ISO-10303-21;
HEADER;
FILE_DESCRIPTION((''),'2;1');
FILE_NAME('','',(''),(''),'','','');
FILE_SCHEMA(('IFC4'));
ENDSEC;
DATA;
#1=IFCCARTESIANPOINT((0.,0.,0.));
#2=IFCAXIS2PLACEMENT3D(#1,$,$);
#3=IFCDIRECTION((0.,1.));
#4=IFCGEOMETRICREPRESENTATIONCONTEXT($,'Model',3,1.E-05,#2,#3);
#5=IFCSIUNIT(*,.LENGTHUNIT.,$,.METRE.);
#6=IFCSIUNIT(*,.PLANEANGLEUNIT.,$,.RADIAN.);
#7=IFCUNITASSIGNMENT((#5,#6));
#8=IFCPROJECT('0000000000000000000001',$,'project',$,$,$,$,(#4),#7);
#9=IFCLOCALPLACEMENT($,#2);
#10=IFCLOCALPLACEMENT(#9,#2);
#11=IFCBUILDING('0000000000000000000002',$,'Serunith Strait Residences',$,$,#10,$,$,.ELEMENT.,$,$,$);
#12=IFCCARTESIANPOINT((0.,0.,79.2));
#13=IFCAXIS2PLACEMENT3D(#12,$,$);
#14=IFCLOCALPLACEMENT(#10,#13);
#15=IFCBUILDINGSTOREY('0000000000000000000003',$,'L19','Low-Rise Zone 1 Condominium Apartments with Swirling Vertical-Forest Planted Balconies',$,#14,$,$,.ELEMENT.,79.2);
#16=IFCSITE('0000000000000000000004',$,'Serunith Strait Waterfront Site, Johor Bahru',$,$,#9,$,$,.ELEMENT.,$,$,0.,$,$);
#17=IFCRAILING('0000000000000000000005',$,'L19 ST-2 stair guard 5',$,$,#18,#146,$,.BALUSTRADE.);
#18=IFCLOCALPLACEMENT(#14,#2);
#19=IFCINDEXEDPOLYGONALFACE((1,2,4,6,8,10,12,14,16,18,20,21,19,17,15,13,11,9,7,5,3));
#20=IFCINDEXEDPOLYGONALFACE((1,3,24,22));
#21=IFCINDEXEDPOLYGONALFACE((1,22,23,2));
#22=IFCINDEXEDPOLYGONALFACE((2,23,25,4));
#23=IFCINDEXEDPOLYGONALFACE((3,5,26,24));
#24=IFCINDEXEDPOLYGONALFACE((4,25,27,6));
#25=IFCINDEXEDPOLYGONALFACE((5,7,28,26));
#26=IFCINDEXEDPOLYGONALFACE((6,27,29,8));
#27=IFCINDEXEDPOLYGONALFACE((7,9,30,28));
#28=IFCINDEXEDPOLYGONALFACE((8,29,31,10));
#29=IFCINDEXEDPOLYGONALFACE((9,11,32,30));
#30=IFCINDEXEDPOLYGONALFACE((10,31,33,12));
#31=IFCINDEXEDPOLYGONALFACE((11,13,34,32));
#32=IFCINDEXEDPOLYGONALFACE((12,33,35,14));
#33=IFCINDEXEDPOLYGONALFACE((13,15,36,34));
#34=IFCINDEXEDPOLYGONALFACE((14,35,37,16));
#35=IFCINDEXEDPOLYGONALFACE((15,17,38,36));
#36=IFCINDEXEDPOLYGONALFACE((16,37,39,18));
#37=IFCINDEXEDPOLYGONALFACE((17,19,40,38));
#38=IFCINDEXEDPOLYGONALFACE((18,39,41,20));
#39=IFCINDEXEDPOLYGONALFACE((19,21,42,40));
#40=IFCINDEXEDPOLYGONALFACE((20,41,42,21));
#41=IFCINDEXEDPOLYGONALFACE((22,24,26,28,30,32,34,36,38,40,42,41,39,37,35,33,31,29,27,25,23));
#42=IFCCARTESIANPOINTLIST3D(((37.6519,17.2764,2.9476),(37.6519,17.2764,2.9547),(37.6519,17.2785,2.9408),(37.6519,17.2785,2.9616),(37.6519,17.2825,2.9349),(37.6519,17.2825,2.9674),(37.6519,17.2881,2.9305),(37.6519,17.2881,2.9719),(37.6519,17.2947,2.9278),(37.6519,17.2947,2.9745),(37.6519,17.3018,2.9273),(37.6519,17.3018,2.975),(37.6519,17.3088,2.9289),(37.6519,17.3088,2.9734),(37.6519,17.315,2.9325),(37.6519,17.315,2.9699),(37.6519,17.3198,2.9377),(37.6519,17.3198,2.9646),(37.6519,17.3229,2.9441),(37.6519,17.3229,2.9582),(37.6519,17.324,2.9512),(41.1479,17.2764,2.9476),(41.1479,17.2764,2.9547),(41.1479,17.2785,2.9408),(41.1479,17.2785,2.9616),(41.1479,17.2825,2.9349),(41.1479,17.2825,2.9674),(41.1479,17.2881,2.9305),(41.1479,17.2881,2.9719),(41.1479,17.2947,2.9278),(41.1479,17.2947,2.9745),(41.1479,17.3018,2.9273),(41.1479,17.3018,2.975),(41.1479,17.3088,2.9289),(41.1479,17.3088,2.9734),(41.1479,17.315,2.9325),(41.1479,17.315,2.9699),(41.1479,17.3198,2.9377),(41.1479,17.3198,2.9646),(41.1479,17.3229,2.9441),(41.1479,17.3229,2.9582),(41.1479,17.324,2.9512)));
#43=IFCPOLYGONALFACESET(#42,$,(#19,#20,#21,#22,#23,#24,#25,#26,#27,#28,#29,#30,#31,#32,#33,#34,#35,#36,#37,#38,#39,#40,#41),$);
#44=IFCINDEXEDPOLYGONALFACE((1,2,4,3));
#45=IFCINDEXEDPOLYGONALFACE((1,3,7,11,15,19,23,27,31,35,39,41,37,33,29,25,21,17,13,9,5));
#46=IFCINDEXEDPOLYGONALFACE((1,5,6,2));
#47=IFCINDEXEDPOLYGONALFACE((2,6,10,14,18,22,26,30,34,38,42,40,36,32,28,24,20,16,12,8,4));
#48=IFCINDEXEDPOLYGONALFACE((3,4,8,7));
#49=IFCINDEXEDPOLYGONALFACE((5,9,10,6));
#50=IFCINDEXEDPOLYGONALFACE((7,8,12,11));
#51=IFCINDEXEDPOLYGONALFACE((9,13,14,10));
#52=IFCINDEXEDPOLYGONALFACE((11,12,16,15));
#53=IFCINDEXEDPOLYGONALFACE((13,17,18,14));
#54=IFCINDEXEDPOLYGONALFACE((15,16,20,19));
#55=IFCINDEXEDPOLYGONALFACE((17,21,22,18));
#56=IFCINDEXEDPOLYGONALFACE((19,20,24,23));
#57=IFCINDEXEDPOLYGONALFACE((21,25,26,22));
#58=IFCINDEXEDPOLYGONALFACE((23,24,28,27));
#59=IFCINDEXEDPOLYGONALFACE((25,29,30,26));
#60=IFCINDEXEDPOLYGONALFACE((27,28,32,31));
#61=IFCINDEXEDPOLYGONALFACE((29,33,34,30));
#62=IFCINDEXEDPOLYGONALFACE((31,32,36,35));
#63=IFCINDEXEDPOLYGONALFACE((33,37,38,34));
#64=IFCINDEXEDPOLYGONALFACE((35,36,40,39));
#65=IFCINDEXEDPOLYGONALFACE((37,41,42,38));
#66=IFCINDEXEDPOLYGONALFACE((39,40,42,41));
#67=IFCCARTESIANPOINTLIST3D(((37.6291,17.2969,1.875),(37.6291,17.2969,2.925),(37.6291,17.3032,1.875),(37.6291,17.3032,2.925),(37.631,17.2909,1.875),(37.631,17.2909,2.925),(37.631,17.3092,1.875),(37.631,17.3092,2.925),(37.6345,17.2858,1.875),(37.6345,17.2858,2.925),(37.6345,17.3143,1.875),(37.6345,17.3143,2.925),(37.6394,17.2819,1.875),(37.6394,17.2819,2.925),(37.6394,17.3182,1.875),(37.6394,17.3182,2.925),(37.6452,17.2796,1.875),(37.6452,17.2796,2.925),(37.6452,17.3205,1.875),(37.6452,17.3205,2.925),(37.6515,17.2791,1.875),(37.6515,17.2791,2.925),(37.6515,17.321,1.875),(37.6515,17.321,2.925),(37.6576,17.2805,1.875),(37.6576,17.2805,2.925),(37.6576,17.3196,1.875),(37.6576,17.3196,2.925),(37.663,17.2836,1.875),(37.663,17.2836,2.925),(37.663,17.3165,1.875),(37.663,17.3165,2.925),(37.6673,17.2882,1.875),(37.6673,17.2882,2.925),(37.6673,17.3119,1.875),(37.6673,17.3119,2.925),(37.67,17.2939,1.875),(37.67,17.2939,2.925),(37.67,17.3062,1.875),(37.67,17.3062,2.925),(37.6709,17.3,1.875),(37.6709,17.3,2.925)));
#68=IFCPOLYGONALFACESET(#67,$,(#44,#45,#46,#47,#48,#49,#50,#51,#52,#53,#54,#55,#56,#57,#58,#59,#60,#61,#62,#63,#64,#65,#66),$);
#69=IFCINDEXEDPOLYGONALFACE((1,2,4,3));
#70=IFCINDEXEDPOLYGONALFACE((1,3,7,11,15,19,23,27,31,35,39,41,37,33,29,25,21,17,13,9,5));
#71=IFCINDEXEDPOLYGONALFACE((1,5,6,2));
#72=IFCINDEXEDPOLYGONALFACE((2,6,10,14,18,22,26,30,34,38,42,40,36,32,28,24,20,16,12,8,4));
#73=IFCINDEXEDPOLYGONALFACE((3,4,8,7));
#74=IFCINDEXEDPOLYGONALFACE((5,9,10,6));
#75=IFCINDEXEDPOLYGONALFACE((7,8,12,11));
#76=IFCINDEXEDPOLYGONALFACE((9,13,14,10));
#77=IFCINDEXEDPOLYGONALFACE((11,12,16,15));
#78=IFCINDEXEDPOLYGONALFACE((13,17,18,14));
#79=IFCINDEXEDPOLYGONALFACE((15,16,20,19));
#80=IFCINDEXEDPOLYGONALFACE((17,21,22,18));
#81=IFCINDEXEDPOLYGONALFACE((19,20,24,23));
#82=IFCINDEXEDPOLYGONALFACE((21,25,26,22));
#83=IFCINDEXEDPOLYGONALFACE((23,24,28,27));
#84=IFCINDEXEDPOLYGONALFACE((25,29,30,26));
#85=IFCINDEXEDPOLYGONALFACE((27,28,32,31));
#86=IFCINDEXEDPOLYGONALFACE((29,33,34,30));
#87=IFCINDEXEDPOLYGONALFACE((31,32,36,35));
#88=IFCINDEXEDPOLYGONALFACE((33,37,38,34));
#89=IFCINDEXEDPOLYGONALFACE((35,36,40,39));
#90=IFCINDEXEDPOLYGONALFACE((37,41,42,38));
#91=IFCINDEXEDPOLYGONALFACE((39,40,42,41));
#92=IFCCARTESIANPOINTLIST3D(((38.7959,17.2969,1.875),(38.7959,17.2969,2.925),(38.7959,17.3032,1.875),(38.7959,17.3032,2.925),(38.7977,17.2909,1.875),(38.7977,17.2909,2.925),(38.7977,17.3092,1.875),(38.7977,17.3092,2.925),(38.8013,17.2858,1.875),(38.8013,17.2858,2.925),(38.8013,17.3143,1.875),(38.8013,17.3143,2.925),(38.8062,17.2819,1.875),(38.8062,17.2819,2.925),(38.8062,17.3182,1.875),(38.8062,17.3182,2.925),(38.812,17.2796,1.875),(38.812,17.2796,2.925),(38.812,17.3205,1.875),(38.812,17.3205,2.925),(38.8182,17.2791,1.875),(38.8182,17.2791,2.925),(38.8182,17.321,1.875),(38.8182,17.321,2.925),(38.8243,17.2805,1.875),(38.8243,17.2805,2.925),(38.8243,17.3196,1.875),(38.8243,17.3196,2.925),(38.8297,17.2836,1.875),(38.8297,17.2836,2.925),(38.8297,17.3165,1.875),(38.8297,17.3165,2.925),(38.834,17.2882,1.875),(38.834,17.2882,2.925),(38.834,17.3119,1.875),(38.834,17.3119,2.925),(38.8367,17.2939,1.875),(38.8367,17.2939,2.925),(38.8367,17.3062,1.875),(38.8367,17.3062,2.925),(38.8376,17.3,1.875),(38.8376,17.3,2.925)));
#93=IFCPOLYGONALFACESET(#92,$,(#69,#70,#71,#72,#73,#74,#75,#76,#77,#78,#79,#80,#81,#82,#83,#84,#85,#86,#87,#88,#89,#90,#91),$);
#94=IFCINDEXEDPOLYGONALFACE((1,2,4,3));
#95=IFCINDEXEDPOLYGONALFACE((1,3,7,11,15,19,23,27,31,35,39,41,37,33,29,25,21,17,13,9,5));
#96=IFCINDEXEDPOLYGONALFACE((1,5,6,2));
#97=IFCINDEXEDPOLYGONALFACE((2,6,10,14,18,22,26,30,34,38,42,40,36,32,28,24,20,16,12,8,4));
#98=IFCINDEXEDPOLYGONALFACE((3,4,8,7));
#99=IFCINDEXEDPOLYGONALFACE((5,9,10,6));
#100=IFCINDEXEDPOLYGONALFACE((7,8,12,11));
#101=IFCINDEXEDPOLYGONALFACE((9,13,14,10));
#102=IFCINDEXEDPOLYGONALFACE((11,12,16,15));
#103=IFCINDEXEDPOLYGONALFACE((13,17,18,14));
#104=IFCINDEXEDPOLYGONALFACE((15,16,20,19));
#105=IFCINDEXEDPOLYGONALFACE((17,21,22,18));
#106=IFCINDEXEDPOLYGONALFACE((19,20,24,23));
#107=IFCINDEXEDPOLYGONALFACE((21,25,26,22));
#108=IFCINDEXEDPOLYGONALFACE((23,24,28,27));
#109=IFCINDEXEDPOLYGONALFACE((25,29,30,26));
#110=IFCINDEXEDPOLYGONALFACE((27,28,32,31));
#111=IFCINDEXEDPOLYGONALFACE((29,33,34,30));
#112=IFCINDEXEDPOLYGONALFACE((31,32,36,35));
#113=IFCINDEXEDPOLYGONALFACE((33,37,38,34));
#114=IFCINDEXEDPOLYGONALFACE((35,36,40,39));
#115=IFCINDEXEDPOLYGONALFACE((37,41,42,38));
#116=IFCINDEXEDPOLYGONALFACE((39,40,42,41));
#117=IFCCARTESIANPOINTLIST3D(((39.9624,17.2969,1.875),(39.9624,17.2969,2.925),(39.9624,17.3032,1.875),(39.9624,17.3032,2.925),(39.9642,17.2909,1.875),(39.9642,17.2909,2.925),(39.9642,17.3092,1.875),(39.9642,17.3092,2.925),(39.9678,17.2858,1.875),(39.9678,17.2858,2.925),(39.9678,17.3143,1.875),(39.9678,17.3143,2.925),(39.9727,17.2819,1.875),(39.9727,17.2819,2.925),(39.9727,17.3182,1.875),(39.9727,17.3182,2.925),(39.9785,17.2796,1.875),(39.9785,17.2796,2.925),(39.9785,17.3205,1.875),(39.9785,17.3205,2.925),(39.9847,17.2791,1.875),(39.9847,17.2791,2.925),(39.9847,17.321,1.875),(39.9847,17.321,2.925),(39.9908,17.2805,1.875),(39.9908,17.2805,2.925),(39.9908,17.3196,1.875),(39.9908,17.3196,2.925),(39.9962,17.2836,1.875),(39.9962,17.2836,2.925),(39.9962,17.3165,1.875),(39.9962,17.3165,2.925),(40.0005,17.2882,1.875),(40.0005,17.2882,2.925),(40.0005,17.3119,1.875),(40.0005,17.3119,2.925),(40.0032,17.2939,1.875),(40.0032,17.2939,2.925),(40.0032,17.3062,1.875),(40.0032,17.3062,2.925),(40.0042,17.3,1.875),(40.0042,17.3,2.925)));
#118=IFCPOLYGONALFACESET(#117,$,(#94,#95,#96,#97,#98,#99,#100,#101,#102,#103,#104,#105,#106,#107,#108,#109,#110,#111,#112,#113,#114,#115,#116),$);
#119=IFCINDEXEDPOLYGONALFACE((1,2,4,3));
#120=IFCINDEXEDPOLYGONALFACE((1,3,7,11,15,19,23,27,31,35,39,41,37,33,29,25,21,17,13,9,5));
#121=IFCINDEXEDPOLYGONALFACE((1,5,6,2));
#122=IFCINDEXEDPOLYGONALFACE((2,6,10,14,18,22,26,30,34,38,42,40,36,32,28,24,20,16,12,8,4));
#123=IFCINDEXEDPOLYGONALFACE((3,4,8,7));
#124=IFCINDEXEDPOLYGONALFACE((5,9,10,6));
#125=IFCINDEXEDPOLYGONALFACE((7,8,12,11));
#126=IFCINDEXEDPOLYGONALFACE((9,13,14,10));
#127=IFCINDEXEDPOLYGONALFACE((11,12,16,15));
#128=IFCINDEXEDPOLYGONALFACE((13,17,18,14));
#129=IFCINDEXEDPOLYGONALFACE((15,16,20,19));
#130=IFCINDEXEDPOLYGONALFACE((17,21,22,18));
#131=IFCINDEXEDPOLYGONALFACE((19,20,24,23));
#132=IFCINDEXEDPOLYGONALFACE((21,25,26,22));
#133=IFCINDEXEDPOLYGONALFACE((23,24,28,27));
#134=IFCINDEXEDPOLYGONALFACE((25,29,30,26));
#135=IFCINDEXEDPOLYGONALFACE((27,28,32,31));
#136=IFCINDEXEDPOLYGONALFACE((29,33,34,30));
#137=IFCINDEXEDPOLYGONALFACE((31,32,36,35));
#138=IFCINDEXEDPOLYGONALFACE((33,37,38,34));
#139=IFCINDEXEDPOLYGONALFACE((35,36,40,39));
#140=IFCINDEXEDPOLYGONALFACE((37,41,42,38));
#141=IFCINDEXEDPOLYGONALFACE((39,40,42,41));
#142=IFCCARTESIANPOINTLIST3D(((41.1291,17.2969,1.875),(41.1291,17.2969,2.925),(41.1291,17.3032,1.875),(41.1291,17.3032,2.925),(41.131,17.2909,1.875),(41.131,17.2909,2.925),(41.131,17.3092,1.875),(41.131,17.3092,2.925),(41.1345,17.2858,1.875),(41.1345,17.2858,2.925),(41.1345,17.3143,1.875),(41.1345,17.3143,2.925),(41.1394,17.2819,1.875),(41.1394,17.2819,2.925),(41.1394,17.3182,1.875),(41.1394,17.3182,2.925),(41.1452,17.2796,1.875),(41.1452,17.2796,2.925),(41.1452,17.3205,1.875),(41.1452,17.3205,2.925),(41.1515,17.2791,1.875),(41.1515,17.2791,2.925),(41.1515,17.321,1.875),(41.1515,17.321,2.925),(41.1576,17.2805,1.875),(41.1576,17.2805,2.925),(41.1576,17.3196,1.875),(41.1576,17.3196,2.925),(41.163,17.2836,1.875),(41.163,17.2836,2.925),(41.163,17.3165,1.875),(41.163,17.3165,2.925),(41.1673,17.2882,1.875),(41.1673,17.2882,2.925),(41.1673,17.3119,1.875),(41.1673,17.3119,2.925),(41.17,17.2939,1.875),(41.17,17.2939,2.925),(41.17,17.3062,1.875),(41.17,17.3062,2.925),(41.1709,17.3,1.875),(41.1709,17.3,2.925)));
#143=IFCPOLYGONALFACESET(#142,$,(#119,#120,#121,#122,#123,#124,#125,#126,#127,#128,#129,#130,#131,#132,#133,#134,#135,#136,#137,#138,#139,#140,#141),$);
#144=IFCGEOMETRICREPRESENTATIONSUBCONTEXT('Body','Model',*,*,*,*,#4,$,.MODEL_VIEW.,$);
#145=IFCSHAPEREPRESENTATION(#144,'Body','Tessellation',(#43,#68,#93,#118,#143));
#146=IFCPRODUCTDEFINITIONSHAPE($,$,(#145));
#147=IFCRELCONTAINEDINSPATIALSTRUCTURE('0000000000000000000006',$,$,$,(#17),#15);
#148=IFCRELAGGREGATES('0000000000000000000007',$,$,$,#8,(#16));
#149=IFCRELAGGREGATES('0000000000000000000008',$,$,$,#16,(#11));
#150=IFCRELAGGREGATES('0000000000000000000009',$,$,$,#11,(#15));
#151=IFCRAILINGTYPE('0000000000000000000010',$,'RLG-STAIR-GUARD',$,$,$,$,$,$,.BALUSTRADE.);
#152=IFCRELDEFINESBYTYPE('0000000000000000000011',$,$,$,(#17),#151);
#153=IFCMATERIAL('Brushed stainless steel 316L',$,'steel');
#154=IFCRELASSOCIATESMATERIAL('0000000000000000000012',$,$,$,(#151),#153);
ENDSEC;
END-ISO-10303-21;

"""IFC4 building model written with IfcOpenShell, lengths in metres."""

from ifc_helpers import new_model, si_unit, direction, frame, origin, origin_2d, place, context, subcontext, project, spatial, circle, extrude, material, type_object, element, save


model = new_model("IFC4")

# Units and contexts
model_context = context("Model", 3, precision=1e-05, world=origin(), true_north=direction((0.0, 1.0)))
body_context = subcontext(model_context, "Body", "Model", "MODEL_VIEW")
ifc_project = project(units=[si_unit("LENGTHUNIT", "METRE"), si_unit("PLANEANGLEUNIT", "RADIAN")], contexts=[model_context])

# Site, building, storey
site_placement = place(None, origin())
site = spatial("IfcSite", under=ifc_project, at=site_placement, Name="Serunith Strait Waterfront Site, Johor Bahru", CompositionType="ELEMENT", RefElevation=0.0)
building_placement = place(site_placement, origin())
building = spatial("IfcBuilding", under=site, at=building_placement, Name="Serunith Strait Residences", CompositionType="ELEMENT")
storey_placement = place(building_placement, frame((0.0, 0.0, 79.2)))
storey = spatial("IfcBuildingStorey", under=building, at=storey_placement, Name="L19", Description="Low-Rise Zone 1 Condominium Apartments with Swirling Vertical-Forest Planted Balconies", CompositionType="ELEMENT", Elevation=79.2)

# Railing
ifc_material_1 = material(Name="Brushed stainless steel 316L", Category="steel")
railing_type_1 = type_object("IfcRailingType", Name="RLG-STAIR-GUARD", PredefinedType="BALUSTRADE", material=ifc_material_1)
railing_1_placement = place(storey_placement, frame((37.6499, 17.3, 1.875)))
element("IfcRailing", 1, at=railing_1_placement, inside=storey, type_object=railing_type_1, Name="L19 ST-2 stair guard 5", PredefinedType="BALUSTRADE", context=body_context, shape_type="SweptSolid", body=[
    extrude(circle(Radius=0.0239, at=origin_2d()), frame((0.002, 0.0, 1.0762), z_axis=(1.0, 0.0, 0.0), x_axis=(0.0, 1.0, 0.0)), (0.0, 0.0, 1.0), 3.4961),
    extrude(circle(Radius=0.021, at=origin_2d()), origin(), (0.0, 0.0, 1.0), 1.05),
    extrude(circle(Radius=0.021, at=origin_2d()), frame((1.1667, 0.0, 0.0)), (0.0, 0.0, 1.0), 1.05),
    extrude(circle(Radius=0.021, at=origin_2d()), frame((2.3333, 0.0, 0.0)), (0.0, 0.0, 1.0), 1.05),
    extrude(circle(Radius=0.021, at=origin_2d()), frame((3.5, 0.0, 0.0)), (0.0, 0.0, 1.0), 1.05),
])

save(model, "model.ifc")
